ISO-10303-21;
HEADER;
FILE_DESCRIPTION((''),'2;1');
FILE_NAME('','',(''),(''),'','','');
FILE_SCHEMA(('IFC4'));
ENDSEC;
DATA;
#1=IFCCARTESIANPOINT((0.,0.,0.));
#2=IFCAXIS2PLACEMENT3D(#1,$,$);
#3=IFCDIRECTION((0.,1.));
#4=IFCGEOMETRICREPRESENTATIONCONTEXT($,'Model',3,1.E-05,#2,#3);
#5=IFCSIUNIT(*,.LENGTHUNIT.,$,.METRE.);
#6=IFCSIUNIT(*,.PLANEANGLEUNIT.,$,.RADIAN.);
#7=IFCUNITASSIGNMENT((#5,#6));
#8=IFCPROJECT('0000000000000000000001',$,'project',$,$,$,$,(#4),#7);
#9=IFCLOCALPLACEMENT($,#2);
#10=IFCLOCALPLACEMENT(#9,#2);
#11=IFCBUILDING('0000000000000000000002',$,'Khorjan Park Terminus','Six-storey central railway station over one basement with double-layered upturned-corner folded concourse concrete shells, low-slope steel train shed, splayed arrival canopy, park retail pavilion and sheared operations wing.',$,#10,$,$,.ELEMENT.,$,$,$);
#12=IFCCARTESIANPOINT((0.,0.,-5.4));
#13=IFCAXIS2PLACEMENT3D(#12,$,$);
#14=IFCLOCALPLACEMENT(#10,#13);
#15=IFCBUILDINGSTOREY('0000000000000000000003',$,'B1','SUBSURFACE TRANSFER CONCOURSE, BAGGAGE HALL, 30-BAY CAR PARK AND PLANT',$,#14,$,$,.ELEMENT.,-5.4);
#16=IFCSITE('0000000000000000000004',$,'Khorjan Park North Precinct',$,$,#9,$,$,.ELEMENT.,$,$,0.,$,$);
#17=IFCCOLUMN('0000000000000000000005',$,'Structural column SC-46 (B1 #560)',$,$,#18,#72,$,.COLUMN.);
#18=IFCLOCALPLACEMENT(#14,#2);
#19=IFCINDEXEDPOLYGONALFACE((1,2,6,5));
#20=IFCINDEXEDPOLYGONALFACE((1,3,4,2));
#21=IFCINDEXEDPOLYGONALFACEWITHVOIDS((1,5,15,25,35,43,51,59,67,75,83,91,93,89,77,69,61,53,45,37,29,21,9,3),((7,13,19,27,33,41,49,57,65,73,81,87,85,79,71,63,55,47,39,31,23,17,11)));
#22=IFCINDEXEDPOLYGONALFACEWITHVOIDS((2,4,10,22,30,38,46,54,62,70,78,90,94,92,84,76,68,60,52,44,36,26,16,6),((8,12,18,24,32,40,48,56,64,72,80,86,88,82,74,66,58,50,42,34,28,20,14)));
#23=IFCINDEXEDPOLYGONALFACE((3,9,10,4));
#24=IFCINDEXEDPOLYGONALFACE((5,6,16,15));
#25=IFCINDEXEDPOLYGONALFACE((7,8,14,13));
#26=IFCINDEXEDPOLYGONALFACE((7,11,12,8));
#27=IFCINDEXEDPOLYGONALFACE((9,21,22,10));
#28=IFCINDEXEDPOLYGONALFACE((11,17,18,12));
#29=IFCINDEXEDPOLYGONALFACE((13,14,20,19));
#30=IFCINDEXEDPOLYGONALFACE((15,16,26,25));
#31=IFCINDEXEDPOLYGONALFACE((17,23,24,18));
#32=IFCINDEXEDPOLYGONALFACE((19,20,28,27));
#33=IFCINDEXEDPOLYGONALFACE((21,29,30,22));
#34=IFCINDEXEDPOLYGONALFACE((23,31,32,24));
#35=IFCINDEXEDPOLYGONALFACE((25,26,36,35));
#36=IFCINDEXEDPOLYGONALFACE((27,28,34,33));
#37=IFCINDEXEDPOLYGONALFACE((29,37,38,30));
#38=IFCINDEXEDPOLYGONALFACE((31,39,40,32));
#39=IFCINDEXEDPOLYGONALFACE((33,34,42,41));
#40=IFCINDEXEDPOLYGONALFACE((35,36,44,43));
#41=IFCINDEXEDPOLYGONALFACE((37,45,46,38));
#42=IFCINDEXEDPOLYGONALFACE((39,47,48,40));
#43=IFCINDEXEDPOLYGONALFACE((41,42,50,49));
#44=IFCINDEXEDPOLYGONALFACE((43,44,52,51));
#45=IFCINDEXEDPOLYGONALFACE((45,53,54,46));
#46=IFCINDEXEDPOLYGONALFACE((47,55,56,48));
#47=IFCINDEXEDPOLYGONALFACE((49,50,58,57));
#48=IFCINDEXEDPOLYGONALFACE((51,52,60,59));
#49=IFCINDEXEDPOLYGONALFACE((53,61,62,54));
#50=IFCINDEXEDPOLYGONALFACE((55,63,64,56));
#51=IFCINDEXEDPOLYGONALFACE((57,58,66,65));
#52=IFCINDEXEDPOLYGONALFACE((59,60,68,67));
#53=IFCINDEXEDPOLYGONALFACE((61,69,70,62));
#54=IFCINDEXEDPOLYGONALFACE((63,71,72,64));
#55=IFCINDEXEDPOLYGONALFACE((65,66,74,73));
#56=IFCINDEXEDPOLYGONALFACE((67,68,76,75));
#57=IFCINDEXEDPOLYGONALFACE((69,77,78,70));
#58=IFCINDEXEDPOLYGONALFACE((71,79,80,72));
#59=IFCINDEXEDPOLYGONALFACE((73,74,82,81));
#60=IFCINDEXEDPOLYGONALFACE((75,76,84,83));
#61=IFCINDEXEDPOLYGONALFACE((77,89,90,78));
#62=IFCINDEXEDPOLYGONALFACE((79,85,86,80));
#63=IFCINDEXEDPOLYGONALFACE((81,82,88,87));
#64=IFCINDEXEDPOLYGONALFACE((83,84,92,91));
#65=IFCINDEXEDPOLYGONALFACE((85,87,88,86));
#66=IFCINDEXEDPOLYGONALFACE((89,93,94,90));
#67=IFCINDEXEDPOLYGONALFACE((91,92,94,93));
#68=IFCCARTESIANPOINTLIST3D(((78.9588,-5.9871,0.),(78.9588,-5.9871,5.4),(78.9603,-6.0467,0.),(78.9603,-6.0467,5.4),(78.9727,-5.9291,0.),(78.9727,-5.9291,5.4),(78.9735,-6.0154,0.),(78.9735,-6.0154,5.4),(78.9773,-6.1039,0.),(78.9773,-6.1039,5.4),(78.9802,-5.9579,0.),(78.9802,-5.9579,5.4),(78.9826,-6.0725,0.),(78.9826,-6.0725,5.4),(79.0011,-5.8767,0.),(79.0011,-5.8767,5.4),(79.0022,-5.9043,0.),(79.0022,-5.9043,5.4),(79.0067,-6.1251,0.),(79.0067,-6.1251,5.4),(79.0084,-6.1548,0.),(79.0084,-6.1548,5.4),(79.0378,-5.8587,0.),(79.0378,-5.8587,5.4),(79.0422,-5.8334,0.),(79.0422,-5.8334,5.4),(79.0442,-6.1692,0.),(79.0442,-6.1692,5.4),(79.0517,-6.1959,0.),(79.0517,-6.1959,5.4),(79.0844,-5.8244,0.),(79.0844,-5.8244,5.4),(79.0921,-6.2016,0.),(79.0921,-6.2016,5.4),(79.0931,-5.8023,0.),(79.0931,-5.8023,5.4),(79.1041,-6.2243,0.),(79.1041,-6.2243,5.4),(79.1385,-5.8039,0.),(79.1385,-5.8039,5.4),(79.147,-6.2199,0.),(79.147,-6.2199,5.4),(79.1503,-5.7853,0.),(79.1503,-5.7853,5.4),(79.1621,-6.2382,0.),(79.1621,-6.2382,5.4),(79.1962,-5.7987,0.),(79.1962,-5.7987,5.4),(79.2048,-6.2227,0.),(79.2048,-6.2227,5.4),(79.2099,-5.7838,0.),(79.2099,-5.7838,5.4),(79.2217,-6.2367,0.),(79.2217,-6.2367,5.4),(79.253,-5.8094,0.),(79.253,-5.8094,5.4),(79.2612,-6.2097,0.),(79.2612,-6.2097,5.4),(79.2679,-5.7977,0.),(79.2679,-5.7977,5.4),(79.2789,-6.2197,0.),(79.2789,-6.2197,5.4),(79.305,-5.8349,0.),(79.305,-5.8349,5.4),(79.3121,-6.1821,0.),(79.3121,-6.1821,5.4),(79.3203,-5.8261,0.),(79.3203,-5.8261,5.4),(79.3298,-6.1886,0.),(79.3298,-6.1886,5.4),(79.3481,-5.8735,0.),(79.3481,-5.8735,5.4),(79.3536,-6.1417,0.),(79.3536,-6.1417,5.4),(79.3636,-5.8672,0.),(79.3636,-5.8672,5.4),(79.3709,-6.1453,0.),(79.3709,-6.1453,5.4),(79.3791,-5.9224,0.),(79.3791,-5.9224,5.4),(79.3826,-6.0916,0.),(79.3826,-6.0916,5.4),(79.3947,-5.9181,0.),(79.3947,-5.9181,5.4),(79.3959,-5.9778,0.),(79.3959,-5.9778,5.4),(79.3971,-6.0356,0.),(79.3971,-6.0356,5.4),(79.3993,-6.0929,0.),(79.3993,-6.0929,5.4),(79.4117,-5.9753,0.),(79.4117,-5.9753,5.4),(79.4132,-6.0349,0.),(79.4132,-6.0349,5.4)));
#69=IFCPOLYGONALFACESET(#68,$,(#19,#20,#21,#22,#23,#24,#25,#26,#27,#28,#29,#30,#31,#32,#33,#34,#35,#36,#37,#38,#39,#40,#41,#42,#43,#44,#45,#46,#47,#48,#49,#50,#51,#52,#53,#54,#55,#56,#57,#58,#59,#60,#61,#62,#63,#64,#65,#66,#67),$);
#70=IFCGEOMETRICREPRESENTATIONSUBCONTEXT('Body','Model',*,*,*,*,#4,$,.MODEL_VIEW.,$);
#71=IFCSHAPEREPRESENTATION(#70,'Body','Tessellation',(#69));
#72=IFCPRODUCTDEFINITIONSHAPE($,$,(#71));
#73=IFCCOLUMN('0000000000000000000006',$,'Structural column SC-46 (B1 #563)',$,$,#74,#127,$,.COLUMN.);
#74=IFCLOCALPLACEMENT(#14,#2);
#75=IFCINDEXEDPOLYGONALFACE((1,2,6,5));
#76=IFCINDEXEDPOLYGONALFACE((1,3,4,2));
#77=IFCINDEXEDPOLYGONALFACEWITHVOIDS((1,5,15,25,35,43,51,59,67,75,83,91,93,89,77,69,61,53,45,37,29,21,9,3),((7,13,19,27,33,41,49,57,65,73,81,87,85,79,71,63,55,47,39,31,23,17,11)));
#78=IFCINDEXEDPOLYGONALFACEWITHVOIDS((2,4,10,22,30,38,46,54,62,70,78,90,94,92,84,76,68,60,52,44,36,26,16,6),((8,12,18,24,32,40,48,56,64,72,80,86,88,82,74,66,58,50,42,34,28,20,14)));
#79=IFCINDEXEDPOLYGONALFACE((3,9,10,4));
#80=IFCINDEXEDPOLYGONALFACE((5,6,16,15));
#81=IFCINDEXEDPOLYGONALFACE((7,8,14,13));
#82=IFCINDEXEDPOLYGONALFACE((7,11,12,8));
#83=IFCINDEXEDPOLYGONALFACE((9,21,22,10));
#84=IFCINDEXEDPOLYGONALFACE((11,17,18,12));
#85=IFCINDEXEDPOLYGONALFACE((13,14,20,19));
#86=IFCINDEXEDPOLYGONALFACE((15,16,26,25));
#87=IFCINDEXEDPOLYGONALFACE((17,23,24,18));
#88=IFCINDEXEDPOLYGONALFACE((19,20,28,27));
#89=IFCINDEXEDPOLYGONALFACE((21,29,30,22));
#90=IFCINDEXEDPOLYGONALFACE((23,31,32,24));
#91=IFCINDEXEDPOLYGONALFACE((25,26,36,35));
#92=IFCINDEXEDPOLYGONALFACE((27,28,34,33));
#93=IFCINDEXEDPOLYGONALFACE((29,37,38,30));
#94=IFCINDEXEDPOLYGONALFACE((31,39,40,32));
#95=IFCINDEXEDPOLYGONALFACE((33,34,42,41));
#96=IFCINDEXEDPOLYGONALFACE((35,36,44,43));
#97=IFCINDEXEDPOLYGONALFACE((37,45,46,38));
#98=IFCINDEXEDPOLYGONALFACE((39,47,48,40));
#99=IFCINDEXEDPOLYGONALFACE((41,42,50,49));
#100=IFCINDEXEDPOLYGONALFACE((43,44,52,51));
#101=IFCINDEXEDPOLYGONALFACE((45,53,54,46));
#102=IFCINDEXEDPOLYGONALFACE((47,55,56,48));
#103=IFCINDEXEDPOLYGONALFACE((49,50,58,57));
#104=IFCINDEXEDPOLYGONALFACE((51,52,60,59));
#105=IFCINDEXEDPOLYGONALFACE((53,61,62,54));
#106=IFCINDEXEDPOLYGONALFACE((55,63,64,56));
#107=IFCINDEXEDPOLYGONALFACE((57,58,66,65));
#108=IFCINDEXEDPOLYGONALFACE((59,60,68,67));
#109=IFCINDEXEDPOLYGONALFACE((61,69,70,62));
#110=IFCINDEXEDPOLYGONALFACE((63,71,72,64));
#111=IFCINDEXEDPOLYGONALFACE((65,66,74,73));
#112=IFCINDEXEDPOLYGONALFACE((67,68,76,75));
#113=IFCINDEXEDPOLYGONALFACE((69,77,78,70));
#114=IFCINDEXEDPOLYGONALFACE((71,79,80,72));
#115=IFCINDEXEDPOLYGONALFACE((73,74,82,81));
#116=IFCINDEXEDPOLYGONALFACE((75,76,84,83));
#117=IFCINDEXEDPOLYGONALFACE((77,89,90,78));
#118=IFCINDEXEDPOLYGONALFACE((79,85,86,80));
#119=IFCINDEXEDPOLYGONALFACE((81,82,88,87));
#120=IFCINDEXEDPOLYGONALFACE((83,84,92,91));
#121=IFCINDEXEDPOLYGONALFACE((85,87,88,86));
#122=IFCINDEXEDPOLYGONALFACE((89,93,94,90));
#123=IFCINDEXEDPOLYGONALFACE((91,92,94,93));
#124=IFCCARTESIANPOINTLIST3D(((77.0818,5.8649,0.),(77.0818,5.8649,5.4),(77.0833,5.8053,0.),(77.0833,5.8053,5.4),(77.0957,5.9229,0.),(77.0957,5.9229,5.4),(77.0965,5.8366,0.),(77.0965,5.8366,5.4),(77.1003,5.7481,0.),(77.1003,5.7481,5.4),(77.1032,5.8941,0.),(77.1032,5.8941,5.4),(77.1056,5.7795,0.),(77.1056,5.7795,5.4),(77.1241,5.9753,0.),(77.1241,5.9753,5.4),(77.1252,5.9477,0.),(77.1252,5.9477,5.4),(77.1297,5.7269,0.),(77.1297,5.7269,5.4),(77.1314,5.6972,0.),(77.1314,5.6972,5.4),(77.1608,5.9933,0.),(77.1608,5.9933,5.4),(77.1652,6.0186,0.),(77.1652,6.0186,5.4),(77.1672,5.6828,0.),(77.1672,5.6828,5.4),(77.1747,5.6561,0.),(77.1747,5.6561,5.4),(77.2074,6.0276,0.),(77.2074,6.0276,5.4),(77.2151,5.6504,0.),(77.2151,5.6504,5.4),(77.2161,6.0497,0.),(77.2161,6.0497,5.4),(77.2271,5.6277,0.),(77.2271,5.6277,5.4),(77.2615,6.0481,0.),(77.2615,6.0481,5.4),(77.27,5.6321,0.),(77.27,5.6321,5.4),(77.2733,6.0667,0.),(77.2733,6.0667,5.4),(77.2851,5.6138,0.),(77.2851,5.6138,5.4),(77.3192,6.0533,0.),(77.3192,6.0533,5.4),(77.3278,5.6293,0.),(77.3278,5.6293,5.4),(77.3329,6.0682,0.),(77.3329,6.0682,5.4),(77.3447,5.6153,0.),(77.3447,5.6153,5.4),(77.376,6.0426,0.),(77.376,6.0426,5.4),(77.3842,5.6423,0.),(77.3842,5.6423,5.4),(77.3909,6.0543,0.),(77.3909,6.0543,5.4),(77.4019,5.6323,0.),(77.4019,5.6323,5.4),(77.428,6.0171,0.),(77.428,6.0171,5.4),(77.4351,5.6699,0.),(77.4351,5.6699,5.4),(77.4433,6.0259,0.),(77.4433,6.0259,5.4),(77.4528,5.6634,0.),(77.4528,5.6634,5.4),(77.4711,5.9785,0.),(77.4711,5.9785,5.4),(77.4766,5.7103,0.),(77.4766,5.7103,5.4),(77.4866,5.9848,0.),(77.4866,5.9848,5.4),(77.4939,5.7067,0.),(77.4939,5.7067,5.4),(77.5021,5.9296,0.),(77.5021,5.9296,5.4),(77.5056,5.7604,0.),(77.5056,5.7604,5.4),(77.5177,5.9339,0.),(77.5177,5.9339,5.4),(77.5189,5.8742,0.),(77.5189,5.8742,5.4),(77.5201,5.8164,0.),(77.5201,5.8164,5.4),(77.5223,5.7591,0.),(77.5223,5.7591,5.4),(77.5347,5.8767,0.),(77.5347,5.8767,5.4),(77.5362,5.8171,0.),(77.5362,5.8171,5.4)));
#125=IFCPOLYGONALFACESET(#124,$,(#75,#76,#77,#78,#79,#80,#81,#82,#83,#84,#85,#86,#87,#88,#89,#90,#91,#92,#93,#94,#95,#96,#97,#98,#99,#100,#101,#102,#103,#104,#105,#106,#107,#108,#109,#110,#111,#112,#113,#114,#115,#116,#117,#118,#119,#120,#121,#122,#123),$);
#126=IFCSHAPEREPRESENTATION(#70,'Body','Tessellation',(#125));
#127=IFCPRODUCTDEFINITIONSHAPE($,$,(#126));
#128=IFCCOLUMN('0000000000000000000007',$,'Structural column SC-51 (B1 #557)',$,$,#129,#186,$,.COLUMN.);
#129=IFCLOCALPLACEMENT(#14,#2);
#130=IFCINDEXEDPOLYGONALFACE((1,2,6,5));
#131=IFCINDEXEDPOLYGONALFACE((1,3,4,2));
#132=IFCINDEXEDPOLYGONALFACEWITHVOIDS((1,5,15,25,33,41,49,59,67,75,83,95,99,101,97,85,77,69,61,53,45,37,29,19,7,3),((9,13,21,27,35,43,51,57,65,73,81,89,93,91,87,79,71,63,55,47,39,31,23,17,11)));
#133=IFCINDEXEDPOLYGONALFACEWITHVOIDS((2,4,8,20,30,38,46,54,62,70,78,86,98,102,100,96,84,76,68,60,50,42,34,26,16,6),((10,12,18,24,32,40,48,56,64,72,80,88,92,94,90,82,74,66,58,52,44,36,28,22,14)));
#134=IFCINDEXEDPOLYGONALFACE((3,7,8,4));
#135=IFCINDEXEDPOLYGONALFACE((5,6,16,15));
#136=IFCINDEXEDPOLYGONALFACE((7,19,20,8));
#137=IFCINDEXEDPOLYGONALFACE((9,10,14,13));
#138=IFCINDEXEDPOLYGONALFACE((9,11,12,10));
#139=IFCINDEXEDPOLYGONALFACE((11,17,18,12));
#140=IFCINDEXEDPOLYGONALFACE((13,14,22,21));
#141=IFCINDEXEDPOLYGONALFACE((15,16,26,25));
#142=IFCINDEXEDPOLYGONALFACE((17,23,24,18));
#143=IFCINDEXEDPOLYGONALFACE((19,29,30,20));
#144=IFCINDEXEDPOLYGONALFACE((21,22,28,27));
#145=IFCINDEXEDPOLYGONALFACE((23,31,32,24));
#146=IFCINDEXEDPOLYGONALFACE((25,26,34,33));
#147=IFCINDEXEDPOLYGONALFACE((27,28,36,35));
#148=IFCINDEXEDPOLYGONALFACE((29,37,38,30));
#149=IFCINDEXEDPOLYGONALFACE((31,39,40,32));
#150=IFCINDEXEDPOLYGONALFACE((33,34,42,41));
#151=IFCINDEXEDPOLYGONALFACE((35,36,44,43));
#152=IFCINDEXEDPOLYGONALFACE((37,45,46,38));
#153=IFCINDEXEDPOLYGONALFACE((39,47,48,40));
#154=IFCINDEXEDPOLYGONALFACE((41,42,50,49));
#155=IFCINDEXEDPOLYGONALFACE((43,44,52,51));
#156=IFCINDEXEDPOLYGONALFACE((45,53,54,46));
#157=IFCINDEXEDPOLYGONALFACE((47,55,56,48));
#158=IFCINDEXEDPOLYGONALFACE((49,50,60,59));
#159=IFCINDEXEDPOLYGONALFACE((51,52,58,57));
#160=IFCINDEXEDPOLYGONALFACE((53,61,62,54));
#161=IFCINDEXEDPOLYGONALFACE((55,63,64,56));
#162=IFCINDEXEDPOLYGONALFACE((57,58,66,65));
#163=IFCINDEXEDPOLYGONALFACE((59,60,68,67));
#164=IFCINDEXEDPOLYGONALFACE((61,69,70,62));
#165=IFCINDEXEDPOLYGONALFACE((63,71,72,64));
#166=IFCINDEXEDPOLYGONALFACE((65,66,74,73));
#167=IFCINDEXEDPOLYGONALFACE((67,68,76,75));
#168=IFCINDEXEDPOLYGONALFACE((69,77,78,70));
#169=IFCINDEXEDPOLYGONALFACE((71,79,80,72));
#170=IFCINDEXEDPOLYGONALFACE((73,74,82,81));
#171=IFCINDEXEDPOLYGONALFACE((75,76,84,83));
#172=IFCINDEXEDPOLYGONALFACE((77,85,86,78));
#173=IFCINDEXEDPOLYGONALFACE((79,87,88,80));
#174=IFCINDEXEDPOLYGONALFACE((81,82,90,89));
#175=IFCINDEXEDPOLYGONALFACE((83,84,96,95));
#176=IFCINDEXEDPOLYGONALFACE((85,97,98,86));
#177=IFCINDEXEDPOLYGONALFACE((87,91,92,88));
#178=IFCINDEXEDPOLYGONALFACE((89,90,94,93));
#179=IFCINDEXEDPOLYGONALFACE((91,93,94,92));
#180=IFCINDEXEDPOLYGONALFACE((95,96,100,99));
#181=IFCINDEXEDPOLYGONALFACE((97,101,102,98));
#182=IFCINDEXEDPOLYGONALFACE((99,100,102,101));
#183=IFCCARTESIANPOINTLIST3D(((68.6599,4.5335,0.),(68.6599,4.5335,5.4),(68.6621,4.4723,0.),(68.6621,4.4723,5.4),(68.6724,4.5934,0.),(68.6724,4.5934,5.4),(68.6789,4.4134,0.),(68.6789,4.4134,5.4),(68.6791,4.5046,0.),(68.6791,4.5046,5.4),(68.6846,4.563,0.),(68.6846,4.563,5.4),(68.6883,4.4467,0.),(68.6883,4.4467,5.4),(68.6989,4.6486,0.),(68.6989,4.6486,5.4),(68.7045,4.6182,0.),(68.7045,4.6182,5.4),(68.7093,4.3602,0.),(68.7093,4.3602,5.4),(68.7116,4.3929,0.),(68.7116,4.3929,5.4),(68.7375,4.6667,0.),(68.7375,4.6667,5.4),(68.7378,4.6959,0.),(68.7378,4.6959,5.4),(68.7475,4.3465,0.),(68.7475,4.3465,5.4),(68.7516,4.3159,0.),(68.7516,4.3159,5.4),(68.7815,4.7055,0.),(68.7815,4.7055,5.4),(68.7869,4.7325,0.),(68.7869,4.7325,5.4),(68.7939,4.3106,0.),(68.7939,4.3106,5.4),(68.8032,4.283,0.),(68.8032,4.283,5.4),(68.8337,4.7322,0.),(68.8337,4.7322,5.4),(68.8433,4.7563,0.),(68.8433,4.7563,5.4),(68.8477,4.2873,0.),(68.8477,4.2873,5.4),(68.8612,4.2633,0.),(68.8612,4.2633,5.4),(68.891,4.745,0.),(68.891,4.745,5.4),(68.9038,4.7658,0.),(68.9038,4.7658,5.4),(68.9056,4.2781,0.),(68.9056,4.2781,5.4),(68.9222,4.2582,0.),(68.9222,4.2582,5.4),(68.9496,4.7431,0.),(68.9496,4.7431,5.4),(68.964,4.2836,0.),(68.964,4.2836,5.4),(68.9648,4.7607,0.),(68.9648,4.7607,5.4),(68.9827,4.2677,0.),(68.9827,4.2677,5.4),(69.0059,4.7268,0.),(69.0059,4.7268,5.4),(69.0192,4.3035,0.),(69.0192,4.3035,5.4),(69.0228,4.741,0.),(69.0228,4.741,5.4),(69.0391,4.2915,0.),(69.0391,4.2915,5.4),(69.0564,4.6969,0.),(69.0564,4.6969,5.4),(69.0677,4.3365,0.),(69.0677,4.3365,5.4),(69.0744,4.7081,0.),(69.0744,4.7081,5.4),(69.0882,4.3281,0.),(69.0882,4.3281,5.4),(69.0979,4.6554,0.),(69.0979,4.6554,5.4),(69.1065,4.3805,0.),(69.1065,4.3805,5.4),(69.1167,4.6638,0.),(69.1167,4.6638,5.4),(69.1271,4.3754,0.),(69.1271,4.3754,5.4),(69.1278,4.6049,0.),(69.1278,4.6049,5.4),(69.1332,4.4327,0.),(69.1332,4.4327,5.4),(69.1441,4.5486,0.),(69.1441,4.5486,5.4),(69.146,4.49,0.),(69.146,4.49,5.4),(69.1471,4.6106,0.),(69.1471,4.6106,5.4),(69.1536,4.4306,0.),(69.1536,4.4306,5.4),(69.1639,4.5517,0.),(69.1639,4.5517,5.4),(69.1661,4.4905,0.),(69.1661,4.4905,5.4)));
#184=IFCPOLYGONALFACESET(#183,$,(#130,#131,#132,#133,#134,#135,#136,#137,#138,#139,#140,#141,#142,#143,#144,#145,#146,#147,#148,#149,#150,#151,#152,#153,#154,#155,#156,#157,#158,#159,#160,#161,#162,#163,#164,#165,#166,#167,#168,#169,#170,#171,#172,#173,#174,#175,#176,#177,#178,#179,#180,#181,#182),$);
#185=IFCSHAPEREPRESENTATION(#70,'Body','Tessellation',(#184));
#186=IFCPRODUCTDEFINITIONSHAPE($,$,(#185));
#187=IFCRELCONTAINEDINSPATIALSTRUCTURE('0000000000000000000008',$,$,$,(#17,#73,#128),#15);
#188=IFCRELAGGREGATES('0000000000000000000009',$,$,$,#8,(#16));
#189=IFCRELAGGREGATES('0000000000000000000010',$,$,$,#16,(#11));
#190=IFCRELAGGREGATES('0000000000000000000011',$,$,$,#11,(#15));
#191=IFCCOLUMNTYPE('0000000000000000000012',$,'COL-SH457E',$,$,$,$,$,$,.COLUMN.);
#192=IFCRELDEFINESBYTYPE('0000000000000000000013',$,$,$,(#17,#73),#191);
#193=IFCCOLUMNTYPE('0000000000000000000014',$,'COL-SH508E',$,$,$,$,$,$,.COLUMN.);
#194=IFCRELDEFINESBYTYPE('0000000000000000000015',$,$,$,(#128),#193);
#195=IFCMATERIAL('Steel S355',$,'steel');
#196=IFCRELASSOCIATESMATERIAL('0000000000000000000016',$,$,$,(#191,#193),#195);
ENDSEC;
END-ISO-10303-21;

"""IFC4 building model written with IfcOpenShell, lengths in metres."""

from ifc_helpers import new_model, si_unit, direction, frame, origin, origin_2d, place, context, subcontext, project, spatial, hollow_circle, extrude, material, material_profile, profile_set, type_object, element, save


model = new_model("IFC4")

# Units and contexts
model_context = context("Model", 3, precision=1e-05, world=origin(), true_north=direction((0.0, 1.0)))
body_context = subcontext(model_context, "Body", "Model", "MODEL_VIEW")
ifc_project = project(units=[si_unit("LENGTHUNIT", "METRE"), si_unit("PLANEANGLEUNIT", "RADIAN")], contexts=[model_context])

# Site, building, storey
site_placement = place(None, origin())
site = spatial("IfcSite", under=ifc_project, at=site_placement, Name="Khorjan Park North Precinct", CompositionType="ELEMENT", RefElevation=0.0)
building_placement = place(site_placement, origin())
building = spatial("IfcBuilding", under=site, at=building_placement, Name="Khorjan Park Terminus", Description="Six-storey central railway station over one basement with double-layered upturned-corner folded concourse concrete shells, low-slope steel train shed, splayed arrival canopy, park retail pavilion and sheared operations wing.", CompositionType="ELEMENT")
storey_placement = place(building_placement, frame((0.0, 0.0, -5.4)))
storey = spatial("IfcBuildingStorey", under=building, at=storey_placement, Name="B1", Description="SUBSURFACE TRANSFER CONCOURSE, BAGGAGE HALL, 30-BAY CAR PARK AND PLANT", CompositionType="ELEMENT", Elevation=-5.4)

# Columns
ifc_material_1 = material(Name="Steel S355", Category="steel")
ifc_material_profile_1 = material_profile(ifc_material_1, hollow_circle(Radius=0.2285, WallThickness=0.016, at=origin_2d()), Name="CHS 457x16")
ifc_profile_set_1 = profile_set([ifc_material_profile_1], Name="Steel S355")
column_type_1 = type_object("IfcColumnType", Name="COL-SH457E", PredefinedType="COLUMN", material=ifc_profile_set_1)
for number, where, z_axis, x_axis, name in (
    (1, (79.186, -6.011, 0.0), (0.0, 0.0, 1.0), (0.987688, 0.156434, 0.0), "Structural column SC-46 (B1 #560)"),
    (2, (77.309, 5.841, 0.0), (0.0, 0.0, 1.0), (0.987688, 0.156434, 0.0), "Structural column SC-46 (B1 #563)"),
):
    element("IfcColumn", number, at=place(storey_placement, frame(where, z_axis=z_axis, x_axis=x_axis)), inside=storey, type_object=column_type_1, Name=name, PredefinedType="COLUMN", context=body_context, shape_type="SweptSolid", body=[
        extrude(hollow_circle(Radius=0.2285, WallThickness=0.016, at=origin_2d()), origin(), (0.0, 0.0, 1.0), 5.4),
    ])
ifc_material_profile_2 = material_profile(ifc_material_1, hollow_circle(Radius=0.254, WallThickness=0.02, at=origin_2d()), Name="CHS 508x20")
ifc_profile_set_2 = profile_set([ifc_material_profile_2], Name="Steel S355")
column_type_2 = type_object("IfcColumnType", Name="COL-SH508E", PredefinedType="COLUMN", material=ifc_profile_set_2)
for number, where, z_axis, x_axis, name in (
    (3, (68.913, 4.512, 0.0), (0.0, 0.0, 1.0), (0.987688, 0.156434, 0.0), "Structural column SC-51 (B1 #557)"),
):
    element("IfcColumn", number, at=place(storey_placement, frame(where, z_axis=z_axis, x_axis=x_axis)), inside=storey, type_object=column_type_2, Name=name, PredefinedType="COLUMN", context=body_context, shape_type="SweptSolid", body=[
        extrude(hollow_circle(Radius=0.254, WallThickness=0.02, at=origin_2d()), origin(), (0.0, 0.0, 1.0), 5.4),
    ])

save(model, "model.ifc")
